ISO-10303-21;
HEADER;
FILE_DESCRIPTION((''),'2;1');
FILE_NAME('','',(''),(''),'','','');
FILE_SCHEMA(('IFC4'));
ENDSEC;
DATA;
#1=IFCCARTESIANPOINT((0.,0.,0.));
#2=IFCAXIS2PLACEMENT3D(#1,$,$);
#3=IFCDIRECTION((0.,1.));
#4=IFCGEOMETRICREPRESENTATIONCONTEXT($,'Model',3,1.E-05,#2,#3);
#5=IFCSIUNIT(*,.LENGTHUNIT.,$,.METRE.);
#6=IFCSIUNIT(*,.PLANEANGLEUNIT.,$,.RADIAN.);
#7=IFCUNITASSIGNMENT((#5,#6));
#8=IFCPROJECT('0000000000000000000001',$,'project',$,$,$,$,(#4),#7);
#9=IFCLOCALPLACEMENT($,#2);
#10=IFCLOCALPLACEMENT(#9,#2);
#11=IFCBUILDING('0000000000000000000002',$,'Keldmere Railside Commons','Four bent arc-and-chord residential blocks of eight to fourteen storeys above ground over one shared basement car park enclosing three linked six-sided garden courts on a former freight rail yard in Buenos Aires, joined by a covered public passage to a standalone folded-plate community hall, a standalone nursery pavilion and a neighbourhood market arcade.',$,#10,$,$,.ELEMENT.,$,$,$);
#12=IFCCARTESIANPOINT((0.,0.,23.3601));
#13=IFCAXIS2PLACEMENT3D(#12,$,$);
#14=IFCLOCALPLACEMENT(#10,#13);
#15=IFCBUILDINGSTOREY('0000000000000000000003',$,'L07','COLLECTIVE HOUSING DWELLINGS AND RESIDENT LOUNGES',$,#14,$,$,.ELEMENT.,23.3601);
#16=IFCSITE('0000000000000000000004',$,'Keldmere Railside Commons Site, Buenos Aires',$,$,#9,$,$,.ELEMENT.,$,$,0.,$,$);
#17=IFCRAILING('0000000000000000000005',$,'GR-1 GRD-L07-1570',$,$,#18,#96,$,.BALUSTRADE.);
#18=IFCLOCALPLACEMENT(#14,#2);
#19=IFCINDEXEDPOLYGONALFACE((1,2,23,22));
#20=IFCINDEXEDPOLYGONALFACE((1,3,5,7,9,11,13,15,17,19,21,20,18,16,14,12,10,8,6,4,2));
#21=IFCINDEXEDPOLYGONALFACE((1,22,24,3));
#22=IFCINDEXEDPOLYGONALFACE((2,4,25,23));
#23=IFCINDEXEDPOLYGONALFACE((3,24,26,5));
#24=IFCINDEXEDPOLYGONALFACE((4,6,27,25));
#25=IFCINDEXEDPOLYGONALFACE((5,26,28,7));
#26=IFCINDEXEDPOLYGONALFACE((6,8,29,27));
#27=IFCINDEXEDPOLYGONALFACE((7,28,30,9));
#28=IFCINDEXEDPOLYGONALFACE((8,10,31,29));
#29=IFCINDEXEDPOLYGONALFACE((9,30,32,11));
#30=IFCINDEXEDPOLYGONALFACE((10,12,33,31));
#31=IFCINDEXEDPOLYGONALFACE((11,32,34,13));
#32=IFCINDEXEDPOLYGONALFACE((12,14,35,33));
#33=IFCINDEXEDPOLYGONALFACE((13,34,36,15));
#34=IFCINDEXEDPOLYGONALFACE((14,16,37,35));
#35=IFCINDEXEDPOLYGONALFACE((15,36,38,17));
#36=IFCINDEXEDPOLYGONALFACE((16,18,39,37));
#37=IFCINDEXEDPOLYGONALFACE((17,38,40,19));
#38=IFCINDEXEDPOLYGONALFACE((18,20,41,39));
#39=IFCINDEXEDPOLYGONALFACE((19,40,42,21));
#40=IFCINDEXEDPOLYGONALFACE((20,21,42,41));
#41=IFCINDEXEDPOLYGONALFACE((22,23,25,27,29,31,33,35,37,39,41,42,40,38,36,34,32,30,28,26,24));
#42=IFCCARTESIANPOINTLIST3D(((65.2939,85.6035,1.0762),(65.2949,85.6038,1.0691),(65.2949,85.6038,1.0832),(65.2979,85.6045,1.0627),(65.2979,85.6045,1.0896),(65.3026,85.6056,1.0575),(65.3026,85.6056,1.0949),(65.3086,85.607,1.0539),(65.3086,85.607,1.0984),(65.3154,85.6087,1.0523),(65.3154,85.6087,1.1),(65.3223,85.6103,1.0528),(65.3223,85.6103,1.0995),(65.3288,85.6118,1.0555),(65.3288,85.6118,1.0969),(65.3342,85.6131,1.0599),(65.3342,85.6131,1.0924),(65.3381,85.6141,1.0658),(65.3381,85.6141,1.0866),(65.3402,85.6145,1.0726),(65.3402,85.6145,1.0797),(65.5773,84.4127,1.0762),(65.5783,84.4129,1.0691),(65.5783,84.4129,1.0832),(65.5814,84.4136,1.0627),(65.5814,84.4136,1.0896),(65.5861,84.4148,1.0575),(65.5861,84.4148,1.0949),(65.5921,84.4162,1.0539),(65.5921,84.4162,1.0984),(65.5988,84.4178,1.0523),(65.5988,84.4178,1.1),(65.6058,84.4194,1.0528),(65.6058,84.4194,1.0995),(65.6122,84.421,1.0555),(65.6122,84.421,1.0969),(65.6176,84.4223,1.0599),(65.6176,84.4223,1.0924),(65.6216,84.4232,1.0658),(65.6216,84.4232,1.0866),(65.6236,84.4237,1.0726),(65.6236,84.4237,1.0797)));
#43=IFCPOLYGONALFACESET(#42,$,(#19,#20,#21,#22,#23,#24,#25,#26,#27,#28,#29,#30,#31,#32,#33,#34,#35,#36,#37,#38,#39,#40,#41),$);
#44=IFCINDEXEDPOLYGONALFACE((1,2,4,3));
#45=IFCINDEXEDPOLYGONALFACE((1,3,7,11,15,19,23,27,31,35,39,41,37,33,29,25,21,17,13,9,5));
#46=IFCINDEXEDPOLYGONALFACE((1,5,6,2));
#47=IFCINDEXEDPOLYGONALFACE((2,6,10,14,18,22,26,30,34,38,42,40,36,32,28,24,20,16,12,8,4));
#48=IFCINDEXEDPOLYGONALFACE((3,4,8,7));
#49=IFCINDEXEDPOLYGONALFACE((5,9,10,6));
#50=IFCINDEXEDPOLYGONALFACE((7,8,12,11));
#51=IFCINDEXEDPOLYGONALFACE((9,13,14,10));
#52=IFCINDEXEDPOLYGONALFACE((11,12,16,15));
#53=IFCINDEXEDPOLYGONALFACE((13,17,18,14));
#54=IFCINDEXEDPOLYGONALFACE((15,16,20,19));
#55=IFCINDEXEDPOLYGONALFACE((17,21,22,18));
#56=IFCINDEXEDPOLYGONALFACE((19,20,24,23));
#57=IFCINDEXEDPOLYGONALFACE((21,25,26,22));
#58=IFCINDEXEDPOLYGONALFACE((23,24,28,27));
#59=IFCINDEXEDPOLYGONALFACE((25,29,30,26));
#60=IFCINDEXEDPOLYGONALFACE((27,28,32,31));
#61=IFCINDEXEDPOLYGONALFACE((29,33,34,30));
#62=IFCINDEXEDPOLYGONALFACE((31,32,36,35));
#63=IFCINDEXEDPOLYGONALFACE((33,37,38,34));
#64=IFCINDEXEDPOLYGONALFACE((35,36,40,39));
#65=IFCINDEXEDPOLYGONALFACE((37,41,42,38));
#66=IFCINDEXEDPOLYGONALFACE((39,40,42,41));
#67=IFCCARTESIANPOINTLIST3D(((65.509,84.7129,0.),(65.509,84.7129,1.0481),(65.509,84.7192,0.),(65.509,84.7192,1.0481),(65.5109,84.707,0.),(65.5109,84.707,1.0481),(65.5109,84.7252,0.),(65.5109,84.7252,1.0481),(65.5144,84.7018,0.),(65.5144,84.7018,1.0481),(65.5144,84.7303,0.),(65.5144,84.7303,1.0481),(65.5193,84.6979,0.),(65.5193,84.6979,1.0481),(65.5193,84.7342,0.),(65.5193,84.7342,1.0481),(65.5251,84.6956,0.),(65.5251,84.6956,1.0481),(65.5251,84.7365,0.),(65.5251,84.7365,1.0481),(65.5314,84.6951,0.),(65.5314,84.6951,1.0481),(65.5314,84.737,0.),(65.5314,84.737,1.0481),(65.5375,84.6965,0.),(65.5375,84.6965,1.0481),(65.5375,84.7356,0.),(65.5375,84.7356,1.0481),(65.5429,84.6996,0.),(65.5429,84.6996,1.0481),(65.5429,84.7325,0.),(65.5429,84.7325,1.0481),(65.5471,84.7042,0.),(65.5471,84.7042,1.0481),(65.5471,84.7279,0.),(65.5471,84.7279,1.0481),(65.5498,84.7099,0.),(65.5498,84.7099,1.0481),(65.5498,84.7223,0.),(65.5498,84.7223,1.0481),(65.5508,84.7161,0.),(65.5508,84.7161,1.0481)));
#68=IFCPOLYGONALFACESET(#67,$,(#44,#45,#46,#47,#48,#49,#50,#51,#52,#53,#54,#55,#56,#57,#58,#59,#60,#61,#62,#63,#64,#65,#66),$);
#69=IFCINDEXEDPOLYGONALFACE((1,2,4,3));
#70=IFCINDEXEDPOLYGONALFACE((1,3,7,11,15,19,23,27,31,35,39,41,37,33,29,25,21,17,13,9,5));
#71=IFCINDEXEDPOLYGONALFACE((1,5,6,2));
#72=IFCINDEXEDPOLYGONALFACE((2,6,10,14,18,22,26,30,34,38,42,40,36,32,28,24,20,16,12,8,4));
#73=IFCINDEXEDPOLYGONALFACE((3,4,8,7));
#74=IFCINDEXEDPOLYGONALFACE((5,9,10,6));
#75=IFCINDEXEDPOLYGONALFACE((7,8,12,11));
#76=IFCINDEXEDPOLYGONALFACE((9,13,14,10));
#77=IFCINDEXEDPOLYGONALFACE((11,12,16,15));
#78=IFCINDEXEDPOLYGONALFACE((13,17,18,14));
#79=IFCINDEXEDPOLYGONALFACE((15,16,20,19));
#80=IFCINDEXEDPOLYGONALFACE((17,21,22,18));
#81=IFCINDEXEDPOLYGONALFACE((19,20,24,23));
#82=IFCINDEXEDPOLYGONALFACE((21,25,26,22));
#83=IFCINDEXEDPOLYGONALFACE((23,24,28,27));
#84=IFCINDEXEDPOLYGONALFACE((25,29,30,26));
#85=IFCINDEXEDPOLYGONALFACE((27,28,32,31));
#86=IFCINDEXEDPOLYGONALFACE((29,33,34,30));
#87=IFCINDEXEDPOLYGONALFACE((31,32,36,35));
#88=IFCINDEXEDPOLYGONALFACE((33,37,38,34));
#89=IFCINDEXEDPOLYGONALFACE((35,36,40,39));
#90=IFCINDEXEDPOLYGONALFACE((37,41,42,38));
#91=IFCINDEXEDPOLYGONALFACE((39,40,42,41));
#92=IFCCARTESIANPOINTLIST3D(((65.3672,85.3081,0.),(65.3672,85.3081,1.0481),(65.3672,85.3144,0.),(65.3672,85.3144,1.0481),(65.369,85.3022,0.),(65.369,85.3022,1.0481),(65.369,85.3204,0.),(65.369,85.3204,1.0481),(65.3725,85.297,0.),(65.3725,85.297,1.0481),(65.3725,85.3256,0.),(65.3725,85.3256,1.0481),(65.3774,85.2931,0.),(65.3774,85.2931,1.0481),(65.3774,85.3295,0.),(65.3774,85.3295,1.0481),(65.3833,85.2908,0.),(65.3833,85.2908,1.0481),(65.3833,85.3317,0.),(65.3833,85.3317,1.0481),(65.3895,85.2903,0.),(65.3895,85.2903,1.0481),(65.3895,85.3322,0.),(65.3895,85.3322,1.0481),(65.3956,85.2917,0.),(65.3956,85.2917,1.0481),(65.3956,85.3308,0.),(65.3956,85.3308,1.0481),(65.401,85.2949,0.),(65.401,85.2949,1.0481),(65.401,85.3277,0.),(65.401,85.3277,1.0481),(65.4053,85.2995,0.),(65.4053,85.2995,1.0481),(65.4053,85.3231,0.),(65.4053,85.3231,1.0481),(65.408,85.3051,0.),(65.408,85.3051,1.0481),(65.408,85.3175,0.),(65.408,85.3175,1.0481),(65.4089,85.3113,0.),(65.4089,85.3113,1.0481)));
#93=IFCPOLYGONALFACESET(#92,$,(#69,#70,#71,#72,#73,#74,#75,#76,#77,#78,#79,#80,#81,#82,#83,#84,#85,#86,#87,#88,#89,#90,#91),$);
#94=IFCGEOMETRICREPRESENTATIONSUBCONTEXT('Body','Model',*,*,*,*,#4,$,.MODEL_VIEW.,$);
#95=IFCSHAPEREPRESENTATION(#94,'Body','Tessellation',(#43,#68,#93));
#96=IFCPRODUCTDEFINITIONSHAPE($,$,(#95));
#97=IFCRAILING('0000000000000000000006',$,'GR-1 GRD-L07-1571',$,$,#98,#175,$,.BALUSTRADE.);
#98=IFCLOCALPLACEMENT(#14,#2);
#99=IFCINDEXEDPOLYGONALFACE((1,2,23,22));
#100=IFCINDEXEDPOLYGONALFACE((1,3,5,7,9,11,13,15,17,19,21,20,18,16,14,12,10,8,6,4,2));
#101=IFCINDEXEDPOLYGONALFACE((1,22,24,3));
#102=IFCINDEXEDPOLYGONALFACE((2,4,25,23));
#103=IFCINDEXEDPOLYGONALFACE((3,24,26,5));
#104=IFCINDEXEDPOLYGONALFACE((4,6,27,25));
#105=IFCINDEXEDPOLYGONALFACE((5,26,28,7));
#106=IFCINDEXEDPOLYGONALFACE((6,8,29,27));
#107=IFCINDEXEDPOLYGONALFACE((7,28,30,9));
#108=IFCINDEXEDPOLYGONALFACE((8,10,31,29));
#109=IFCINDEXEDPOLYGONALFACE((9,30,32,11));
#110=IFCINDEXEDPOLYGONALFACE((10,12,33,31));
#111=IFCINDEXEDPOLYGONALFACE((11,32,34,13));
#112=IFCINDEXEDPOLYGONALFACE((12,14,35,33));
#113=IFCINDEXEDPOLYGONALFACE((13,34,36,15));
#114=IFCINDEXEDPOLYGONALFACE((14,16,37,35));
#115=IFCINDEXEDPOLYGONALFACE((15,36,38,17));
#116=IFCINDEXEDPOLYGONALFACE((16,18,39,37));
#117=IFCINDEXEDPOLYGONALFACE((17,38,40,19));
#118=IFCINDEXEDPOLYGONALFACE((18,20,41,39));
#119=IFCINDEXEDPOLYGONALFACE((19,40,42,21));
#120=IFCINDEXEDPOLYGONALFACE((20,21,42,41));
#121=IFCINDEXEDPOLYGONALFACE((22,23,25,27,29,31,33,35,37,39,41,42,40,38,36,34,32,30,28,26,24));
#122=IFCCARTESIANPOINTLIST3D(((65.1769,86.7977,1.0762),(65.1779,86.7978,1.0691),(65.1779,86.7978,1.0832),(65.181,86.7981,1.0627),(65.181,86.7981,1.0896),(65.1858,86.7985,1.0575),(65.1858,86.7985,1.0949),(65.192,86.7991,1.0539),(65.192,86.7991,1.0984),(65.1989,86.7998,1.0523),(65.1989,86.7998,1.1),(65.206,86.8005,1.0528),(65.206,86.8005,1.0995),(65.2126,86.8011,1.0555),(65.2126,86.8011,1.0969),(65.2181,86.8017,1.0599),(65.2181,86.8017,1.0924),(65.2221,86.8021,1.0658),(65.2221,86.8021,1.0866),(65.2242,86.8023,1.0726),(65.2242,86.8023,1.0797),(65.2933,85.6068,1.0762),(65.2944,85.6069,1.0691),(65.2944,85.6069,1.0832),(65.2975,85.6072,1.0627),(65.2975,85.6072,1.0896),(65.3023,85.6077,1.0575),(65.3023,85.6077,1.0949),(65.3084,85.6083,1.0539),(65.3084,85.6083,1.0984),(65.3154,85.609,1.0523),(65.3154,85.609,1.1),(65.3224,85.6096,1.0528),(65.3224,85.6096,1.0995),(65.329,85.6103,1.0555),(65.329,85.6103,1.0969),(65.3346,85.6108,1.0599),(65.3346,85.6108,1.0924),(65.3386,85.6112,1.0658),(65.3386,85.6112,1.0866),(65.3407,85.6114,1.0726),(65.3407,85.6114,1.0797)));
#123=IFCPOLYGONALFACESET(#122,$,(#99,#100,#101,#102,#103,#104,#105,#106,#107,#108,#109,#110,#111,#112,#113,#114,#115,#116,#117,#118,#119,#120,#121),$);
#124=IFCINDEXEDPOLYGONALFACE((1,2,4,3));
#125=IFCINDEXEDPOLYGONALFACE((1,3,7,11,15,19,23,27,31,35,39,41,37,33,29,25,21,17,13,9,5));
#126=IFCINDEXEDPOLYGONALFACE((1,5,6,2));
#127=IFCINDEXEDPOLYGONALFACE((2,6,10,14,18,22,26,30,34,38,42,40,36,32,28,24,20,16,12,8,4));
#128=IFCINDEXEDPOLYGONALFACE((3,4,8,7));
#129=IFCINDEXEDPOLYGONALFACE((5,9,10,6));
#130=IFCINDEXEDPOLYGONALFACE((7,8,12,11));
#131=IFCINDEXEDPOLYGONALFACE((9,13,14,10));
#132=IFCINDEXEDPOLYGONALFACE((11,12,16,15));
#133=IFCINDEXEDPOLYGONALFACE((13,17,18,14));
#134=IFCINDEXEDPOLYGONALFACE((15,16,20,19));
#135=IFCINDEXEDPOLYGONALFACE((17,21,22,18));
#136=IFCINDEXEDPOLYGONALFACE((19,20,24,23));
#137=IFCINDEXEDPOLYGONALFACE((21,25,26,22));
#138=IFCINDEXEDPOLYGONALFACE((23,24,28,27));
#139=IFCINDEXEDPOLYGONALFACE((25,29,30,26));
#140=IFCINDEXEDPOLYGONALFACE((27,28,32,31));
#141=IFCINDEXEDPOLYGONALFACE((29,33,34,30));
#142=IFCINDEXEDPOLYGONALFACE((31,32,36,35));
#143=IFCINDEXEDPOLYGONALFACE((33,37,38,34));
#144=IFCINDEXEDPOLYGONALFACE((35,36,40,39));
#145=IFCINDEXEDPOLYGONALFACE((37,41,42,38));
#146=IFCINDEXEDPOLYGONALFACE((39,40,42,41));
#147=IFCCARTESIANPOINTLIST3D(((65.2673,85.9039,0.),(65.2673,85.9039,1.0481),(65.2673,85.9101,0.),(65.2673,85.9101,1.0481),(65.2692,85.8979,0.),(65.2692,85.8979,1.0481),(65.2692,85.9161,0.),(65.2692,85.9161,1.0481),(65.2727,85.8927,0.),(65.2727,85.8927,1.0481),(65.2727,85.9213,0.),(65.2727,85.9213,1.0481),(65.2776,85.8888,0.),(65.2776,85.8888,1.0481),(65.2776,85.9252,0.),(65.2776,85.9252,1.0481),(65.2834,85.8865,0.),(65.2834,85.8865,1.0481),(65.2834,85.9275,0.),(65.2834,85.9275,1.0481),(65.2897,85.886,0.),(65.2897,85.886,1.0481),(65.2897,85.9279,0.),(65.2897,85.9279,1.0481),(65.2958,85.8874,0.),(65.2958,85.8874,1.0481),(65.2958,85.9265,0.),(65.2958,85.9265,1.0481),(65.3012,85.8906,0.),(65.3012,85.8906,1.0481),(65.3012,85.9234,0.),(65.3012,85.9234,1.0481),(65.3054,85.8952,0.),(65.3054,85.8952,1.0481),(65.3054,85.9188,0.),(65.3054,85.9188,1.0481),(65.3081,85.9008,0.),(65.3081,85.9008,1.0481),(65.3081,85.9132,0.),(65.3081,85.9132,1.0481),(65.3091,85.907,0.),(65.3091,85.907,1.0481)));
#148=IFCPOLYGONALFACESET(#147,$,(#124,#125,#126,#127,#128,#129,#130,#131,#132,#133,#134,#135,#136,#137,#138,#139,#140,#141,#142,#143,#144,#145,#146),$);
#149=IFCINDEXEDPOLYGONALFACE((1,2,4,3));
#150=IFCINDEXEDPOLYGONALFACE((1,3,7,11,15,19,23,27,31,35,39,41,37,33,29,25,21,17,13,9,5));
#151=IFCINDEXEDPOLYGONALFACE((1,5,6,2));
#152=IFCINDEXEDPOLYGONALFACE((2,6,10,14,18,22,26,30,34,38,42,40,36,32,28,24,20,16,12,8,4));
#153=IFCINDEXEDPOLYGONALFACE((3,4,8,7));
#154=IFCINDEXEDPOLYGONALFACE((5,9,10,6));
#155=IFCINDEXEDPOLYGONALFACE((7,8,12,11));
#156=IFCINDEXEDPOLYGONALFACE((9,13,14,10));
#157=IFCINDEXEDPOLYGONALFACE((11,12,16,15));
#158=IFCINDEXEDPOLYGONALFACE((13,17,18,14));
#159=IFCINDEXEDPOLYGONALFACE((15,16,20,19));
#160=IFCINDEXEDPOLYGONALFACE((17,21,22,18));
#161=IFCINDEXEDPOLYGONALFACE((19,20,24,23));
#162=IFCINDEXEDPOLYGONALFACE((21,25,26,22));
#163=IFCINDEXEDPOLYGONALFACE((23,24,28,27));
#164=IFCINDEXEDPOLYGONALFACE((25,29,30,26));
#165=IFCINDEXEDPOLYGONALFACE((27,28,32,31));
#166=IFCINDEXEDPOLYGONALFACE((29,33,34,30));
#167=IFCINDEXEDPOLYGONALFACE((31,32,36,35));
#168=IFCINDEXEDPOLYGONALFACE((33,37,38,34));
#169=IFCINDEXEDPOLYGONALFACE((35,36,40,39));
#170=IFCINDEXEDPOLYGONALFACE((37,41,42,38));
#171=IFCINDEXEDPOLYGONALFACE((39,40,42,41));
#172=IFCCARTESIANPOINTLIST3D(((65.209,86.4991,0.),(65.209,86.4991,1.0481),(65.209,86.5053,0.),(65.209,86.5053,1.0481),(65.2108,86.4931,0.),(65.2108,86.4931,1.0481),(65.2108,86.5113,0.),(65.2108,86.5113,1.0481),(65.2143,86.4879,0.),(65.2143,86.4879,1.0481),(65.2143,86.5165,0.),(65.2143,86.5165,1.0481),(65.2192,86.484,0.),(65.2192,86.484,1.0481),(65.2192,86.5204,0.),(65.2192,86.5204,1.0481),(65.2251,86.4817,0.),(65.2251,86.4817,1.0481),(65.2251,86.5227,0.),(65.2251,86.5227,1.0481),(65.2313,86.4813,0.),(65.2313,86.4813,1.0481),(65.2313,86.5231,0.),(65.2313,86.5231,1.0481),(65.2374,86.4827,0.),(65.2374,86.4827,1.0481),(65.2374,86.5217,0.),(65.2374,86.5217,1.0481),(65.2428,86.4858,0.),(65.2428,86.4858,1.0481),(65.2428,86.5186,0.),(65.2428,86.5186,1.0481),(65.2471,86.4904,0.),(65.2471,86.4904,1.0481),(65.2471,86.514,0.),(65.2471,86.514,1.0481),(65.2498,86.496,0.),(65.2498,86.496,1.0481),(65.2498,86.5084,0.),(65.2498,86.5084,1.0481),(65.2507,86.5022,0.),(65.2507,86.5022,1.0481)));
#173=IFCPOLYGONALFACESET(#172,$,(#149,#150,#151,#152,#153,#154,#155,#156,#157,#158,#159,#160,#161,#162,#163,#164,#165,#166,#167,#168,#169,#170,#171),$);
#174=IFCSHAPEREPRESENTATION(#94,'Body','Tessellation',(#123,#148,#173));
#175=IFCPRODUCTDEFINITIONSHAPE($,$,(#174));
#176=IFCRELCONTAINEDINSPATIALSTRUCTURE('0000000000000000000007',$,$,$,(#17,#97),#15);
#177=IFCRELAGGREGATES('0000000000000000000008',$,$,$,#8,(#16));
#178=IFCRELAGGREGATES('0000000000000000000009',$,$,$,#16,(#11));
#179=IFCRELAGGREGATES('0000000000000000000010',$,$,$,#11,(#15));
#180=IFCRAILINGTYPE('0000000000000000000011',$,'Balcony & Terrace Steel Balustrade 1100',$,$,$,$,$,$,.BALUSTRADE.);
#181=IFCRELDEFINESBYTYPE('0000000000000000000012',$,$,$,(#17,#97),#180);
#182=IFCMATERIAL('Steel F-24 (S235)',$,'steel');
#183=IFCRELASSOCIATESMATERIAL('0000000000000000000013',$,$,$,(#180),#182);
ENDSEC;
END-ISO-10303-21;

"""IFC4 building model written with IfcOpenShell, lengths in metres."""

from ifc_helpers import new_model, si_unit, direction, frame, origin, origin_2d, place, context, subcontext, project, spatial, circle, extrude, material, type_object, element, save


model = new_model("IFC4")

# Units and contexts
model_context = context("Model", 3, precision=1e-05, world=origin(), true_north=direction((0.0, 1.0)))
body_context = subcontext(model_context, "Body", "Model", "MODEL_VIEW")
ifc_project = project(units=[si_unit("LENGTHUNIT", "METRE"), si_unit("PLANEANGLEUNIT", "RADIAN")], contexts=[model_context])

# Site, building, storey
site_placement = place(None, origin())
site = spatial("IfcSite", under=ifc_project, at=site_placement, Name="Keldmere Railside Commons Site, Buenos Aires", CompositionType="ELEMENT", RefElevation=0.0)
building_placement = place(site_placement, origin())
building = spatial("IfcBuilding", under=site, at=building_placement, Name="Keldmere Railside Commons", Description="Four bent arc-and-chord residential blocks of eight to fourteen storeys above ground over one shared basement car park enclosing three linked six-sided garden courts on a former freight rail yard in Buenos Aires, joined by a covered public passage to a standalone folded-plate community hall, a standalone nursery pavilion and a neighbourhood market arcade.", CompositionType="ELEMENT")
storey_placement = place(building_placement, frame((0.0, 0.0, 23.3601)))
storey = spatial("IfcBuildingStorey", under=building, at=storey_placement, Name="L07", Description="COLLECTIVE HOUSING DWELLINGS AND RESIDENT LOUNGES", CompositionType="ELEMENT", Elevation=23.3601)

# Railings
ifc_material_1 = material(Name="Steel F-24 (S235)", Category="steel")
railing_type = type_object("IfcRailingType", Name="Balcony & Terrace Steel Balustrade 1100", PredefinedType="BALUSTRADE", material=ifc_material_1)
railing_1_placement = place(storey_placement, frame((65.6006, 84.4182, 0.0)))
element("IfcRailing", 1, at=railing_1_placement, inside=storey, type_object=railing_type, Name="GR-1 GRD-L07-1570", PredefinedType="BALUSTRADE", context=body_context, shape_type="SweptSolid", body=[
    extrude(circle(Radius=0.0239, at=origin_2d()), frame((0.0, 0.0, 1.0762), z_axis=(-0.23154, 0.972825, 0.0), x_axis=(-0.972825, -0.23154, 0.0)), (0.0, 0.0, 1.0), 1.2241),
    extrude(circle(Radius=0.021, at=origin_2d()), frame((-0.0708, 0.2979, 0.0)), (0.0, 0.0, 1.0), 1.0481),
    extrude(circle(Radius=0.021, at=origin_2d()), frame((-0.2126, 0.8931, 0.0)), (0.0, 0.0, 1.0), 1.0481),
])
railing_2_placement = place(storey_placement, frame((65.3171, 85.6091, 0.0)))
element("IfcRailing", 2, at=railing_2_placement, inside=storey, type_object=railing_type, Name="GR-1 GRD-L07-1571", PredefinedType="BALUSTRADE", context=body_context, shape_type="SweptSolid", body=[
    extrude(circle(Radius=0.0239, at=origin_2d()), frame((0.0, 0.0, 1.0762), z_axis=(-0.097322, 0.995253, 0.0), x_axis=(-0.995253, -0.097322, 0.0)), (0.0, 0.0, 1.0), 1.1965),
    extrude(circle(Radius=0.021, at=origin_2d()), frame((-0.0291, 0.2979, 0.0)), (0.0, 0.0, 1.0), 1.0481),
    extrude(circle(Radius=0.021, at=origin_2d()), frame((-0.0874, 0.8931, 0.0)), (0.0, 0.0, 1.0), 1.0481),
])

save(model, "model.ifc")
